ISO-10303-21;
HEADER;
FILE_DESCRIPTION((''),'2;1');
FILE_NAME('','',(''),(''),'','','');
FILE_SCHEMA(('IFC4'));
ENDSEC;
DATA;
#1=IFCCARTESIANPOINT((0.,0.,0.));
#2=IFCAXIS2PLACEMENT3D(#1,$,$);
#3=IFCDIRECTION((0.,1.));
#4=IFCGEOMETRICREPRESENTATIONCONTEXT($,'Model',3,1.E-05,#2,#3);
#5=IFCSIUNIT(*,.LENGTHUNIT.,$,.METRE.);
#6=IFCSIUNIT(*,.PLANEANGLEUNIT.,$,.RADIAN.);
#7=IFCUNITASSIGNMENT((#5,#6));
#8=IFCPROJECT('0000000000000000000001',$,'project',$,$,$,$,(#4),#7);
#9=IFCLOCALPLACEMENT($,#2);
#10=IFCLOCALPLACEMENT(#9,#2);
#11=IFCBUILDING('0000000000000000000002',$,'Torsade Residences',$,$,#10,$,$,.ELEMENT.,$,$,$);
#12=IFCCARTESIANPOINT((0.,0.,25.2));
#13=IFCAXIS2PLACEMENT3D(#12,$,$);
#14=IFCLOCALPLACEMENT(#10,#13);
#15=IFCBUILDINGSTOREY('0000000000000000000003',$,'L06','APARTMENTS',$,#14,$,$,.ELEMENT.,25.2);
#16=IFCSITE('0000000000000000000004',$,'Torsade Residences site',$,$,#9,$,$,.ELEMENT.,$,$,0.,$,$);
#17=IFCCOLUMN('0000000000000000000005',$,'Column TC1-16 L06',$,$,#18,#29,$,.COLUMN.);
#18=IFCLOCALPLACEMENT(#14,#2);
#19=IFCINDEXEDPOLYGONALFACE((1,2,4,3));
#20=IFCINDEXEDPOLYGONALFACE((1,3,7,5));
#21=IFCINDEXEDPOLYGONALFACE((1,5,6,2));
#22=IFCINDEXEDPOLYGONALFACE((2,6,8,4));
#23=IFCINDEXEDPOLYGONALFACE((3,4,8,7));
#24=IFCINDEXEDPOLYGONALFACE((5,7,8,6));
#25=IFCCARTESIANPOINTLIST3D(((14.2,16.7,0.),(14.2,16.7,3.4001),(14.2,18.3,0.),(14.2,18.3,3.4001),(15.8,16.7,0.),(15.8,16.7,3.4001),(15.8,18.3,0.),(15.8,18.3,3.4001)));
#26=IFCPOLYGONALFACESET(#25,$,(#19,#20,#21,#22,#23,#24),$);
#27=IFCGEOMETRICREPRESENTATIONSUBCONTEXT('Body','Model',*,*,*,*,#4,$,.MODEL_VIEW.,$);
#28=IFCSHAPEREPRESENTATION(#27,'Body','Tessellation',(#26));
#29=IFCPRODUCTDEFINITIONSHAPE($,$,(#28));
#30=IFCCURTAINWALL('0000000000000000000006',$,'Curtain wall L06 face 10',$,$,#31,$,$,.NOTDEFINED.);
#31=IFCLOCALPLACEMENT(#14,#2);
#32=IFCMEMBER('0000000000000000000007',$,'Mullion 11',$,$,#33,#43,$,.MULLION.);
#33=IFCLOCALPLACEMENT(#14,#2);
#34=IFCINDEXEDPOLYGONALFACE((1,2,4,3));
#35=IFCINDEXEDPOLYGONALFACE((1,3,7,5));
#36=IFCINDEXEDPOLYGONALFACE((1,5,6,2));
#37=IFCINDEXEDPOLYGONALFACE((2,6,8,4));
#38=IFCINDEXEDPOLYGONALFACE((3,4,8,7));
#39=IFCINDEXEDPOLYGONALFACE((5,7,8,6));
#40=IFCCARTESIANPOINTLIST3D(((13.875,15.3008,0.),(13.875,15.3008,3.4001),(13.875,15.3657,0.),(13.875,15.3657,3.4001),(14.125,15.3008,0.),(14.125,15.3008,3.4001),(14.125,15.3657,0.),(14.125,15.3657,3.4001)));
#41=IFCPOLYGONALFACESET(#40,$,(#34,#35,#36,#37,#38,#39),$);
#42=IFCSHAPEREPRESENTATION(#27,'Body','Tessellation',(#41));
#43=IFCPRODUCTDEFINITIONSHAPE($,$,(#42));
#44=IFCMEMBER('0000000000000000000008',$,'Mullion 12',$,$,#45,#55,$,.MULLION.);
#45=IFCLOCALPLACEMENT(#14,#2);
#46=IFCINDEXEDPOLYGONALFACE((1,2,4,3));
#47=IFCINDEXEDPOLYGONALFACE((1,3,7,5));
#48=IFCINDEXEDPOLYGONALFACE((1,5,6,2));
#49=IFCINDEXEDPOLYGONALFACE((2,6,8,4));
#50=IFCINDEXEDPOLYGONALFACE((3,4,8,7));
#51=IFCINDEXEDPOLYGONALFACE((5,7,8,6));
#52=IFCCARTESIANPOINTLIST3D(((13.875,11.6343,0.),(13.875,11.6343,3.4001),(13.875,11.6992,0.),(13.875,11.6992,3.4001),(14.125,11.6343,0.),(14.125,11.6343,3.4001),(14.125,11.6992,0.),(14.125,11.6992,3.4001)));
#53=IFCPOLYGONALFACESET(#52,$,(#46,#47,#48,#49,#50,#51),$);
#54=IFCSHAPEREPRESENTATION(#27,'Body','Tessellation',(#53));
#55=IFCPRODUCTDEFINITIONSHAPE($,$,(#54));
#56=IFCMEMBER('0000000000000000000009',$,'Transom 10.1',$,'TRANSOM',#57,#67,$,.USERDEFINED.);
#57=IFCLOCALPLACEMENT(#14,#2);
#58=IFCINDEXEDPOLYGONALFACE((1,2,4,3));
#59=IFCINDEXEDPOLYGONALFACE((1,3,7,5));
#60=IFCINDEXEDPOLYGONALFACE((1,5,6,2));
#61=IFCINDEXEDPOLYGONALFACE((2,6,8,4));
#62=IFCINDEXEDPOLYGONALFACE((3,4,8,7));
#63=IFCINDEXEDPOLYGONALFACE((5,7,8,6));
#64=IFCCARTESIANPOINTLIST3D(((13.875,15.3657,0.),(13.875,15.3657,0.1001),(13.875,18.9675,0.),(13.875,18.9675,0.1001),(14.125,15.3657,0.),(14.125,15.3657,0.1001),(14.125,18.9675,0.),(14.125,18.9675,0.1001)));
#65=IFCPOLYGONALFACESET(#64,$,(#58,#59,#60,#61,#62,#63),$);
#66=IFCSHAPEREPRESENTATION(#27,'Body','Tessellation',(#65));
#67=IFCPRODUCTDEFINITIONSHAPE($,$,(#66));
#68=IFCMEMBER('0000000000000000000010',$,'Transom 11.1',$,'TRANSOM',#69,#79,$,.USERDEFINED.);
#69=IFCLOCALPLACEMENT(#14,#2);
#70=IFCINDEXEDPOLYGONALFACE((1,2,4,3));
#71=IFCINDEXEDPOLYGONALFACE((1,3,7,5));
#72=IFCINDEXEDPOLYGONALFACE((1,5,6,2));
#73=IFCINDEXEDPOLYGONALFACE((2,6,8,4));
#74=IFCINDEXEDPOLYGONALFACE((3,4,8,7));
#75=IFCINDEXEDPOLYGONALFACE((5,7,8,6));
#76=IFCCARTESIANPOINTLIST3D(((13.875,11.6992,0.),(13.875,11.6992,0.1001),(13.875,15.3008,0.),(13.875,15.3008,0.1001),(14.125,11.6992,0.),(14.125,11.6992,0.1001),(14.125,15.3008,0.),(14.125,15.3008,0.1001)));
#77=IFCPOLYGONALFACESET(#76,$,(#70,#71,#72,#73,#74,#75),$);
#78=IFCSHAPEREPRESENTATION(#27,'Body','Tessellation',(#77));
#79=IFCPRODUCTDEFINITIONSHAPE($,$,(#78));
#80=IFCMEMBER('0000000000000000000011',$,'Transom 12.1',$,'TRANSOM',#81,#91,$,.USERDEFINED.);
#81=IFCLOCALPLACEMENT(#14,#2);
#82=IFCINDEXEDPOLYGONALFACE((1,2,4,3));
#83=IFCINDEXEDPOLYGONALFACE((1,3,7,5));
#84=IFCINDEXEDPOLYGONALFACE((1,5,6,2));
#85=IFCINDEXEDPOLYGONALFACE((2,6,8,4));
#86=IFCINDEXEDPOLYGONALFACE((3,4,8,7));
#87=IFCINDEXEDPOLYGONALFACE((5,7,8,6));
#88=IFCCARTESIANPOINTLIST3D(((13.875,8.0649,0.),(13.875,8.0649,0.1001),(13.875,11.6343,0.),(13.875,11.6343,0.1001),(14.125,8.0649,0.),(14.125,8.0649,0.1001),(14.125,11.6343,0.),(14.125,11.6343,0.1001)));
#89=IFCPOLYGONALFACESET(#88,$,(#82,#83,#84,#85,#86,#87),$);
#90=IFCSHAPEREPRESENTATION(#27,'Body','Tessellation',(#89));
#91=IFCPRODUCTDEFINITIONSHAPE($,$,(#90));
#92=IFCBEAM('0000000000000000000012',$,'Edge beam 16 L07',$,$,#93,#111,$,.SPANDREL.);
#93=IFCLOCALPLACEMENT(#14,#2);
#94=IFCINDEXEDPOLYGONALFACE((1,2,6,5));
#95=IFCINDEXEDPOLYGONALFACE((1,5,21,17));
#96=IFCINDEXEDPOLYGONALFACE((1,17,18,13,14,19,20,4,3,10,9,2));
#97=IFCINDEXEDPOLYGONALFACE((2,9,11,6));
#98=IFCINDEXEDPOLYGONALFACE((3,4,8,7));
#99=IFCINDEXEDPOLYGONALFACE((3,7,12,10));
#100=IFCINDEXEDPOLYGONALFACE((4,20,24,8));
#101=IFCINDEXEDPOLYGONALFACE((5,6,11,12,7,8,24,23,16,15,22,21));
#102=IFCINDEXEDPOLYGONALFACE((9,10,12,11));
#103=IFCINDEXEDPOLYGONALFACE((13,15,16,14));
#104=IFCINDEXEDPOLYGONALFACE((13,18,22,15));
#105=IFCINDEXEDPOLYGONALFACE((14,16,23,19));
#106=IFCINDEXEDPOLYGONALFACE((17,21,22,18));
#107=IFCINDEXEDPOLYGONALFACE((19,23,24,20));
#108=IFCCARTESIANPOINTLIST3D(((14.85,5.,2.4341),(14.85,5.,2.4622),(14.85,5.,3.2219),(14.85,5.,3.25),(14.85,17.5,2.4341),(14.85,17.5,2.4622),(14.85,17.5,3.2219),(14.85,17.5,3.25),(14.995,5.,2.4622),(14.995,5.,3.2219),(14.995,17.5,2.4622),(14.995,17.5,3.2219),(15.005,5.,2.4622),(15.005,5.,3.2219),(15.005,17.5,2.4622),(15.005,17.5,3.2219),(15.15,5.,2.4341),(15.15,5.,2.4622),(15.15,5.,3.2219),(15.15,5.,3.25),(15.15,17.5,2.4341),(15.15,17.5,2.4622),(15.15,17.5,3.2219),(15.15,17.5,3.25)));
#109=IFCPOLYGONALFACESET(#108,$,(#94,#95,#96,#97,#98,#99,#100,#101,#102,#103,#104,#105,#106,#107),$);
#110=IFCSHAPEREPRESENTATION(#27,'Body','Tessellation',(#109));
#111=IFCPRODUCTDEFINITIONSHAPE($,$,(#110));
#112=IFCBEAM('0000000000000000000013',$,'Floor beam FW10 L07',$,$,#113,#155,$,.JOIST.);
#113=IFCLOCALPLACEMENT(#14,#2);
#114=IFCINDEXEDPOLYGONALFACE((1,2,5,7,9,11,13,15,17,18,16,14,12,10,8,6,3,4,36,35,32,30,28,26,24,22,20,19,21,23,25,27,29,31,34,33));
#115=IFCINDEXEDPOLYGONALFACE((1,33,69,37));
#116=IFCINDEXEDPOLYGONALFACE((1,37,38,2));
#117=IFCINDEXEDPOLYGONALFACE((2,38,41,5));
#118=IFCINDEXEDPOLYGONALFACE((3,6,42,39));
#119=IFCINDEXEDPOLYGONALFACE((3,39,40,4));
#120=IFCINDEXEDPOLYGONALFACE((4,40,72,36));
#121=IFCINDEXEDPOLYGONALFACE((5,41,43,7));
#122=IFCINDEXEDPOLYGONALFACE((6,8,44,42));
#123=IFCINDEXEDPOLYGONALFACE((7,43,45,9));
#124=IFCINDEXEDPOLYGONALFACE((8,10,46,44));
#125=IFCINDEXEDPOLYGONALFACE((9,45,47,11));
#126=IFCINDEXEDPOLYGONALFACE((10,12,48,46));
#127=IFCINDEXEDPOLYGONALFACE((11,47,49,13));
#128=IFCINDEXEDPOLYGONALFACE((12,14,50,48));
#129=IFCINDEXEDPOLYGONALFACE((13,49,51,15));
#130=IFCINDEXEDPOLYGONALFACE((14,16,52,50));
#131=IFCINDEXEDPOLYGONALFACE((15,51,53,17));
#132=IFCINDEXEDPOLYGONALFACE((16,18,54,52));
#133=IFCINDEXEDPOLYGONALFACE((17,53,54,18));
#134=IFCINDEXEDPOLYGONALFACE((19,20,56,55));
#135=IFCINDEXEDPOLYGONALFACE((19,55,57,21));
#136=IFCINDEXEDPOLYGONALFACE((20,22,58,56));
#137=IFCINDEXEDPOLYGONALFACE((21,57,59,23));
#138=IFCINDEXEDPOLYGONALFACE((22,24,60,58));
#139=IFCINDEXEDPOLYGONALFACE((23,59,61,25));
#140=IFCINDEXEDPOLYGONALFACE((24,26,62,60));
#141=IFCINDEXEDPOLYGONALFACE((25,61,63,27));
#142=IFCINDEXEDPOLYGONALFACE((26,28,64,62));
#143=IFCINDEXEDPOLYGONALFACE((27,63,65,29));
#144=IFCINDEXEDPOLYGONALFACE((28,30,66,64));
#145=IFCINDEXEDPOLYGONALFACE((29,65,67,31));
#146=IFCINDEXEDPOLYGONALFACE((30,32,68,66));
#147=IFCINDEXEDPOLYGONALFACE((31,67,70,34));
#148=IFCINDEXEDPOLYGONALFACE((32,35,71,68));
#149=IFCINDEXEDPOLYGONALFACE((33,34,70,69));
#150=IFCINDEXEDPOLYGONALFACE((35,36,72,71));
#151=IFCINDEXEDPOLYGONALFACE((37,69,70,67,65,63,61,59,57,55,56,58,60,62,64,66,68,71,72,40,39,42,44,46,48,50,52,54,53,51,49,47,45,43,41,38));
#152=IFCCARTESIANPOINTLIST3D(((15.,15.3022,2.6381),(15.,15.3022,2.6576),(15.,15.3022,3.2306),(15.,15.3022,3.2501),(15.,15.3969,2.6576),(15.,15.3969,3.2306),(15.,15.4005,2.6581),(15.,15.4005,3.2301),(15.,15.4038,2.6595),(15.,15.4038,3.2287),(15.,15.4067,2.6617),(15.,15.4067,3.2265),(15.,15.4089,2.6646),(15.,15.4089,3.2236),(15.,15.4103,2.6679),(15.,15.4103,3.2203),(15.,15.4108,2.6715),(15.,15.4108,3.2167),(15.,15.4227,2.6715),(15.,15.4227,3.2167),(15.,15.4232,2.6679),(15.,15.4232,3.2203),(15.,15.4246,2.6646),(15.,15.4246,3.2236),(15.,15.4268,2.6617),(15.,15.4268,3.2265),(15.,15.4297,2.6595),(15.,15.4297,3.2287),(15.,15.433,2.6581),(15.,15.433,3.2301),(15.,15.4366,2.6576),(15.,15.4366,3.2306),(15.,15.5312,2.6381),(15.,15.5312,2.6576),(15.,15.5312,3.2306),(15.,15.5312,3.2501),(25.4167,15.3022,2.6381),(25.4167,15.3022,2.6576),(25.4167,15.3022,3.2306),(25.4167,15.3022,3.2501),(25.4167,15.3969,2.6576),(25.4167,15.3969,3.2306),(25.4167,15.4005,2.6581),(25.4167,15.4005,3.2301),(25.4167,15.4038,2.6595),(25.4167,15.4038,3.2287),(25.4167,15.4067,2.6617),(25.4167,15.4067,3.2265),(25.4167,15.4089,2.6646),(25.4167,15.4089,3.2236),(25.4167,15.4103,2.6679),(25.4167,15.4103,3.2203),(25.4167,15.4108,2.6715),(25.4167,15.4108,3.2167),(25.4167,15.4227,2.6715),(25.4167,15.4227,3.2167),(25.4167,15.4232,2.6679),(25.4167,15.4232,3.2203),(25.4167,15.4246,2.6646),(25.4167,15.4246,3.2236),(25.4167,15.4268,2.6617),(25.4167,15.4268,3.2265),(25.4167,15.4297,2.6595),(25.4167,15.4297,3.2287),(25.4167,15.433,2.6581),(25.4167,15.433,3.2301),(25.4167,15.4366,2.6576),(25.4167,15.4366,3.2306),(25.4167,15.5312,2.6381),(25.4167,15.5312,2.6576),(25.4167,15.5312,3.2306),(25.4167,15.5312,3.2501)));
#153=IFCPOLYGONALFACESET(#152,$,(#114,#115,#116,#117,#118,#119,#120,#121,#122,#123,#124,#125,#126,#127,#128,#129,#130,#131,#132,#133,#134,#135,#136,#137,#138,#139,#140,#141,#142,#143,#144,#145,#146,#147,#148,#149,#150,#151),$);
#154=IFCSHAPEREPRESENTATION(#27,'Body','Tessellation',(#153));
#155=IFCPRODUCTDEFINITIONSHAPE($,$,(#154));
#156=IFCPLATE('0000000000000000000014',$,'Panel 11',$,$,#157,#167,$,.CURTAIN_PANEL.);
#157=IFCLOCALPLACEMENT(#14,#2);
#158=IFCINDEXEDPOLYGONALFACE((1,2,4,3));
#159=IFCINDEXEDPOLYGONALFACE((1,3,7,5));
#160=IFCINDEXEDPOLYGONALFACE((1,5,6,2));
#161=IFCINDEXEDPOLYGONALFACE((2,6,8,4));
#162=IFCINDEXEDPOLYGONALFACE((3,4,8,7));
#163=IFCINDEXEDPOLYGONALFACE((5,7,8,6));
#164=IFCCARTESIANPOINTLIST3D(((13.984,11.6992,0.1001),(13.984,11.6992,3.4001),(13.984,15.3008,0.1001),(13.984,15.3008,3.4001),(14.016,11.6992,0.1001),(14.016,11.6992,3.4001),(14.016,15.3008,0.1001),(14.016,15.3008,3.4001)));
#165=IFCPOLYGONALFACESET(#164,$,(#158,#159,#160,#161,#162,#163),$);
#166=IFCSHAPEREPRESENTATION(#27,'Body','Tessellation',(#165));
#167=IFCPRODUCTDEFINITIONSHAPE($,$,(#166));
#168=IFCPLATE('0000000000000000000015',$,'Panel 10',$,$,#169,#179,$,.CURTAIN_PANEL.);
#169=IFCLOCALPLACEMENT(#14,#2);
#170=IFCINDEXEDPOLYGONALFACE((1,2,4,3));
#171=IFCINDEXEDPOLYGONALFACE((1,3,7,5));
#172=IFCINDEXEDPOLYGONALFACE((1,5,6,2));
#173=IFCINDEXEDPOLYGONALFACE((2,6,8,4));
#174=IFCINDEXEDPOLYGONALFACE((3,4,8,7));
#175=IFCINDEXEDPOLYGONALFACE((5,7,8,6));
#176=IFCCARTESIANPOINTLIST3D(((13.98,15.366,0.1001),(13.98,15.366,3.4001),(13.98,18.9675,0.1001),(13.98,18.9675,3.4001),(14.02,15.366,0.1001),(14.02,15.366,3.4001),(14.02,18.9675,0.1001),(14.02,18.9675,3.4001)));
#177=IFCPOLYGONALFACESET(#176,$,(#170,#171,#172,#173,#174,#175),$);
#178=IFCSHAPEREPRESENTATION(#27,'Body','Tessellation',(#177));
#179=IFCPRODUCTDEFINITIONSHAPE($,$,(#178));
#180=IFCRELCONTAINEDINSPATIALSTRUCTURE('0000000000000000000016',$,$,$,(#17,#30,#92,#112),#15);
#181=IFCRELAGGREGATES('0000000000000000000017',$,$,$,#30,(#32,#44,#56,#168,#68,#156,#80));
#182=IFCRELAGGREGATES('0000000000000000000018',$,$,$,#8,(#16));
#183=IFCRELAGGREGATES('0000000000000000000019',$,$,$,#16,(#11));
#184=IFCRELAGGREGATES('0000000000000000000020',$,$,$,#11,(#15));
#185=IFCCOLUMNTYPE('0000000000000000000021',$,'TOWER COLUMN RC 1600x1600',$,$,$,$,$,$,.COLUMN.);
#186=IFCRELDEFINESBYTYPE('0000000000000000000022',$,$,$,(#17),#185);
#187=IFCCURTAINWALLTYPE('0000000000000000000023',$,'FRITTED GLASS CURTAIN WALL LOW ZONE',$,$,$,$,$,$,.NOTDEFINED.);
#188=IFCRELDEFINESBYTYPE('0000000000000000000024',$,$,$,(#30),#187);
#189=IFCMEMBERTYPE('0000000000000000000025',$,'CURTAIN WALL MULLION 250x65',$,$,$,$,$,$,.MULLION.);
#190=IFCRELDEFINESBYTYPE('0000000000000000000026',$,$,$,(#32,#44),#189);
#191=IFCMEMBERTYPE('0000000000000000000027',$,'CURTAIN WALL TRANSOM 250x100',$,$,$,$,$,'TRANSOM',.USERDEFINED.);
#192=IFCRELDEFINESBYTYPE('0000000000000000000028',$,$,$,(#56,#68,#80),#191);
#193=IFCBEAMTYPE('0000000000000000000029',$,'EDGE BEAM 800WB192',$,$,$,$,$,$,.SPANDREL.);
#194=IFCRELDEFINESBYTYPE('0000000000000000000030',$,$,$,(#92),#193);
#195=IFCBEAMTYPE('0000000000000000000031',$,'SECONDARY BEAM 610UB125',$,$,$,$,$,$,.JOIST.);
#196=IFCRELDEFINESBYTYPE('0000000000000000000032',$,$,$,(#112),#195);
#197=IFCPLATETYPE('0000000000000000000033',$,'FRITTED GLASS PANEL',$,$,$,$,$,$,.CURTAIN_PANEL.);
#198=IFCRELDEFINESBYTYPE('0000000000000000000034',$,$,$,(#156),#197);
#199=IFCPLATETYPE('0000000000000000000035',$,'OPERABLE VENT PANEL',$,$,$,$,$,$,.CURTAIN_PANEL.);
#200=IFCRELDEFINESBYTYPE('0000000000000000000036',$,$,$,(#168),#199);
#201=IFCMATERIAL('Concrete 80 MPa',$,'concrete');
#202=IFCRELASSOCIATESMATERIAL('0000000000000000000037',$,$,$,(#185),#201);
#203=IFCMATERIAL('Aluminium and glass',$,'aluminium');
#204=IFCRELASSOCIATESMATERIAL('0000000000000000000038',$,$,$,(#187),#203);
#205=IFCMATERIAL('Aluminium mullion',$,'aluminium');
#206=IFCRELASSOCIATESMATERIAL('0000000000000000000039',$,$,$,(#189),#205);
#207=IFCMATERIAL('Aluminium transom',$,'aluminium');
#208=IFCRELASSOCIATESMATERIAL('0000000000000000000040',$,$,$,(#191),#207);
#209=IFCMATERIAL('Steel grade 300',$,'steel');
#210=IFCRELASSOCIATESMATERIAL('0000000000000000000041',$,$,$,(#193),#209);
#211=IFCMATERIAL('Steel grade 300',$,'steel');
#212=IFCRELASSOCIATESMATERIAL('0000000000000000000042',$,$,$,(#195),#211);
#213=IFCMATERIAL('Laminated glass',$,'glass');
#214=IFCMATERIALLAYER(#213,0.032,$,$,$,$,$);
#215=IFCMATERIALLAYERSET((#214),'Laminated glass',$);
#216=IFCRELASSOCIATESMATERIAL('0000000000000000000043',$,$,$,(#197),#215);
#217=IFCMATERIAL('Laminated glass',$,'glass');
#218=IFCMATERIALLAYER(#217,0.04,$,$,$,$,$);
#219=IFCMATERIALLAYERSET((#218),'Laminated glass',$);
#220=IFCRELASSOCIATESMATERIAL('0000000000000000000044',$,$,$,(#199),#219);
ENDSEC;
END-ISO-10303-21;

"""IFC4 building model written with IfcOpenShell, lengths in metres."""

from ifc_helpers import new_model, si_unit, direction, frame, origin, origin_2d, place, context, subcontext, project, spatial, rectangle, i_section, extrude, material, layer, layer_set, material_profile, profile_set, type_object, element, aggregate, save


model = new_model("IFC4")

# Units and contexts
model_context = context("Model", 3, precision=1e-05, world=origin(), true_north=direction((0.0, 1.0)))
body_context = subcontext(model_context, "Body", "Model", "MODEL_VIEW")
ifc_project = project(units=[si_unit("LENGTHUNIT", "METRE"), si_unit("PLANEANGLEUNIT", "RADIAN")], contexts=[model_context])

# Site, building, storey
site_placement = place(None, origin())
site = spatial("IfcSite", under=ifc_project, at=site_placement, Name="Torsade Residences site", CompositionType="ELEMENT", RefElevation=0.0)
building_placement = place(site_placement, origin())
building = spatial("IfcBuilding", under=site, at=building_placement, Name="Torsade Residences", CompositionType="ELEMENT")
storey_placement = place(building_placement, frame((0.0, 0.0, 25.2)))
storey = spatial("IfcBuildingStorey", under=building, at=storey_placement, Name="L06", Description="APARTMENTS", CompositionType="ELEMENT", Elevation=25.2)

# Column
ifc_material_1 = material(Name="Concrete 80 MPa", Category="concrete")
ifc_material_profile_1 = material_profile(ifc_material_1, rectangle(XDim=1.6001, YDim=1.6001, at=origin_2d()), Name="RC 1600x1600")
ifc_profile_set_1 = profile_set([ifc_material_profile_1], Name="Concrete 80 MPa")
column_type = type_object("IfcColumnType", Name="TOWER COLUMN RC 1600x1600", PredefinedType="COLUMN", material=ifc_profile_set_1)
column_placement = place(storey_placement, frame((15.0, 17.5, 0.0), z_axis=(0.0, 0.0, 1.0), x_axis=(1.0, 0.0, 0.0)))
element("IfcColumn", 1, at=column_placement, inside=storey, type_object=column_type, Name="Column TC1-16 L06", PredefinedType="COLUMN", context=body_context, shape_type="SweptSolid", body=[
    extrude(rectangle(XDim=1.6001, YDim=1.6001, at=origin_2d()), origin(), (0.0, 0.0, 1.0), 3.4001),
])

# Curtain wall, members
ifc_material_2 = material(Name="Aluminium and glass", Category="aluminium")
curtain_wall_type = type_object("IfcCurtainWallType", Name="FRITTED GLASS CURTAIN WALL LOW ZONE", PredefinedType="NOTDEFINED", material=ifc_material_2)
curtain_wall_placement = place(storey_placement, origin())
curtain_wall = element("IfcCurtainWall", 2, at=curtain_wall_placement, inside=storey, type_object=curtain_wall_type, Name="Curtain wall L06 face 10", PredefinedType="NOTDEFINED")
ifc_material_3 = material(Name="Aluminium mullion", Category="aluminium")
ifc_material_profile_2 = material_profile(ifc_material_3, rectangle(XDim=0.25, YDim=0.0649, at=origin_2d()), Name="CURTAIN WALL MULLION 250x65")
ifc_profile_set_2 = profile_set([ifc_material_profile_2], Name="Aluminium mullion")
member_type_1 = type_object("IfcMemberType", Name="CURTAIN WALL MULLION 250x65", PredefinedType="MULLION", material=ifc_profile_set_2)
member_1_placement = place(storey_placement, frame((14.0, 15.3333, 0.0), z_axis=(0.0, 0.0, 1.0), x_axis=(1.0, 0.0, 0.0)))
member_1 = element("IfcMember", 3, at=member_1_placement, type_object=member_type_1, Name="Mullion 11", PredefinedType="MULLION", context=body_context, shape_type="SweptSolid", body=[
    extrude(rectangle(XDim=0.25, YDim=0.0649, at=origin_2d()), origin(), (0.0, 0.0, 1.0), 3.4001),
])
member_2_placement = place(storey_placement, frame((14.0, 11.6667, 0.0), z_axis=(0.0, 0.0, 1.0), x_axis=(1.0, 0.0, 0.0)))
member_2 = element("IfcMember", 4, at=member_2_placement, type_object=member_type_1, Name="Mullion 12", PredefinedType="MULLION", context=body_context, shape_type="SweptSolid", body=[
    extrude(rectangle(XDim=0.25, YDim=0.0649, at=origin_2d()), origin(), (0.0, 0.0, 1.0), 3.4001),
])
ifc_material_4 = material(Name="Aluminium transom", Category="aluminium")
ifc_material_profile_3 = material_profile(ifc_material_4, rectangle(XDim=0.25, YDim=0.1001, at=origin_2d()), Name="CURTAIN WALL TRANSOM 250x100")
ifc_profile_set_3 = profile_set([ifc_material_profile_3], Name="Aluminium transom")
member_type_2 = type_object("IfcMemberType", Name="CURTAIN WALL TRANSOM 250x100", ElementType="TRANSOM", PredefinedType="USERDEFINED", material=ifc_profile_set_3)
member_3_placement = place(storey_placement, frame((14.0, 18.9675, 0.05), z_axis=(0.0, -1.0, 0.0), x_axis=(1.0, 0.0, 0.0)))
member_3 = element("IfcMember", 5, at=member_3_placement, type_object=member_type_2, Name="Transom 10.1", ObjectType="TRANSOM", PredefinedType="USERDEFINED", context=body_context, shape_type="SweptSolid", body=[
    extrude(rectangle(XDim=0.25, YDim=0.1001, at=origin_2d()), origin(), (0.0, 0.0, 1.0), 3.6018),
])
member_4_placement = place(storey_placement, frame((14.0, 15.3008, 0.05), z_axis=(0.0, -1.0, 0.0), x_axis=(1.0, 0.0, 0.0)))
member_4 = element("IfcMember", 6, at=member_4_placement, type_object=member_type_2, Name="Transom 11.1", ObjectType="TRANSOM", PredefinedType="USERDEFINED", context=body_context, shape_type="SweptSolid", body=[
    extrude(rectangle(XDim=0.25, YDim=0.1001, at=origin_2d()), origin(), (0.0, 0.0, 1.0), 3.6016),
])
member_5_placement = place(storey_placement, frame((14.0, 11.6343, 0.05), z_axis=(0.0, -1.0, 0.0), x_axis=(1.0, 0.0, 0.0)))
member_5 = element("IfcMember", 7, at=member_5_placement, type_object=member_type_2, Name="Transom 12.1", ObjectType="TRANSOM", PredefinedType="USERDEFINED", context=body_context, shape_type="SweptSolid", body=[
    extrude(rectangle(XDim=0.25, YDim=0.1001, at=origin_2d()), origin(), (0.0, 0.0, 1.0), 3.5693),
])

# Beams
ifc_material_5 = material(Name="Steel grade 300", Category="steel")
ifc_material_profile_4 = material_profile(ifc_material_5, i_section(OverallWidth=0.3, OverallDepth=0.8159, WebThickness=0.01, FlangeThickness=0.0281, at=origin_2d()), Name="800WB192")
ifc_profile_set_4 = profile_set([ifc_material_profile_4], Name="Steel grade 300")
beam_type_1 = type_object("IfcBeamType", Name="EDGE BEAM 800WB192", PredefinedType="SPANDREL", material=ifc_profile_set_4)
beam_1_placement = place(storey_placement, frame((15.0, 17.5, 2.842), z_axis=(0.0, -1.0, 0.0), x_axis=(1.0, 0.0, 0.0)))
element("IfcBeam", 8, at=beam_1_placement, inside=storey, type_object=beam_type_1, Name="Edge beam 16 L07", PredefinedType="SPANDREL", context=body_context, shape_type="SweptSolid", body=[
    extrude(i_section(OverallWidth=0.3, OverallDepth=0.8159, WebThickness=0.01, FlangeThickness=0.0281, at=origin_2d()), origin(), (0.0, 0.0, 1.0), 12.5),
])
ifc_material_6 = material(Name="Steel grade 300", Category="steel")
ifc_material_profile_5 = material_profile(ifc_material_6, i_section(OverallWidth=0.229, OverallDepth=0.6121, WebThickness=0.012, FlangeThickness=0.0195, FilletRadius=0.0139, at=origin_2d()), Name="610UB125")
ifc_profile_set_5 = profile_set([ifc_material_profile_5], Name="Steel grade 300")
beam_type_2 = type_object("IfcBeamType", Name="SECONDARY BEAM 610UB125", PredefinedType="JOIST", material=ifc_profile_set_5)
beam_2_placement = place(storey_placement, frame((15.0, 15.4167, 2.9441), z_axis=(1.0, 0.0, 0.0), x_axis=(0.0, 1.0, 0.0)))
element("IfcBeam", 9, at=beam_2_placement, inside=storey, type_object=beam_type_2, Name="Floor beam FW10 L07", PredefinedType="JOIST", context=body_context, shape_type="SweptSolid", body=[
    extrude(i_section(OverallWidth=0.229, OverallDepth=0.6121, WebThickness=0.012, FlangeThickness=0.0195, FilletRadius=0.0139, at=origin_2d()), origin(), (0.0, 0.0, 1.0), 10.4167),
])

# Plates
ifc_material_7 = material(Name="Laminated glass", Category="glass")
ifc_layer_1 = layer(ifc_material_7, 0.032)
ifc_layer_set_1 = layer_set([ifc_layer_1], Name="Laminated glass")
plate_type_1 = type_object("IfcPlateType", Name="FRITTED GLASS PANEL", PredefinedType="CURTAIN_PANEL", material=ifc_layer_set_1)
plate_1_placement = place(storey_placement, frame((14.0, 13.5, 0.1001), z_axis=(0.0, 0.0, 1.0), x_axis=(0.0, -1.0, 0.0)))
plate_1 = element("IfcPlate", 10, at=plate_1_placement, type_object=plate_type_1, Name="Panel 11", PredefinedType="CURTAIN_PANEL", context=body_context, shape_type="SweptSolid", body=[
    extrude(rectangle(XDim=3.6016, YDim=0.032, at=origin_2d()), origin(), (0.0, 0.0, 1.0), 3.3),
])
ifc_material_8 = material(Name="Laminated glass", Category="glass")
ifc_layer_2 = layer(ifc_material_8, 0.04)
ifc_layer_set_2 = layer_set([ifc_layer_2], Name="Laminated glass")
plate_type_2 = type_object("IfcPlateType", Name="OPERABLE VENT PANEL", PredefinedType="CURTAIN_PANEL", material=ifc_layer_set_2)
plate_2_placement = place(storey_placement, frame((14.0, 17.1667, 0.1001), z_axis=(0.0, 0.0, 1.0), x_axis=(0.0, -1.0, 0.0)))
plate_2 = element("IfcPlate", 11, at=plate_2_placement, type_object=plate_type_2, Name="Panel 10", PredefinedType="CURTAIN_PANEL", context=body_context, shape_type="SweptSolid", body=[
    extrude(rectangle(XDim=3.6016, YDim=0.04, at=origin_2d()), origin(), (0.0, 0.0, 1.0), 3.3),
])
aggregate(curtain_wall, [member_1, member_2, member_3, plate_2, member_4, plate_1, member_5])

save(model, "model.ifc")
